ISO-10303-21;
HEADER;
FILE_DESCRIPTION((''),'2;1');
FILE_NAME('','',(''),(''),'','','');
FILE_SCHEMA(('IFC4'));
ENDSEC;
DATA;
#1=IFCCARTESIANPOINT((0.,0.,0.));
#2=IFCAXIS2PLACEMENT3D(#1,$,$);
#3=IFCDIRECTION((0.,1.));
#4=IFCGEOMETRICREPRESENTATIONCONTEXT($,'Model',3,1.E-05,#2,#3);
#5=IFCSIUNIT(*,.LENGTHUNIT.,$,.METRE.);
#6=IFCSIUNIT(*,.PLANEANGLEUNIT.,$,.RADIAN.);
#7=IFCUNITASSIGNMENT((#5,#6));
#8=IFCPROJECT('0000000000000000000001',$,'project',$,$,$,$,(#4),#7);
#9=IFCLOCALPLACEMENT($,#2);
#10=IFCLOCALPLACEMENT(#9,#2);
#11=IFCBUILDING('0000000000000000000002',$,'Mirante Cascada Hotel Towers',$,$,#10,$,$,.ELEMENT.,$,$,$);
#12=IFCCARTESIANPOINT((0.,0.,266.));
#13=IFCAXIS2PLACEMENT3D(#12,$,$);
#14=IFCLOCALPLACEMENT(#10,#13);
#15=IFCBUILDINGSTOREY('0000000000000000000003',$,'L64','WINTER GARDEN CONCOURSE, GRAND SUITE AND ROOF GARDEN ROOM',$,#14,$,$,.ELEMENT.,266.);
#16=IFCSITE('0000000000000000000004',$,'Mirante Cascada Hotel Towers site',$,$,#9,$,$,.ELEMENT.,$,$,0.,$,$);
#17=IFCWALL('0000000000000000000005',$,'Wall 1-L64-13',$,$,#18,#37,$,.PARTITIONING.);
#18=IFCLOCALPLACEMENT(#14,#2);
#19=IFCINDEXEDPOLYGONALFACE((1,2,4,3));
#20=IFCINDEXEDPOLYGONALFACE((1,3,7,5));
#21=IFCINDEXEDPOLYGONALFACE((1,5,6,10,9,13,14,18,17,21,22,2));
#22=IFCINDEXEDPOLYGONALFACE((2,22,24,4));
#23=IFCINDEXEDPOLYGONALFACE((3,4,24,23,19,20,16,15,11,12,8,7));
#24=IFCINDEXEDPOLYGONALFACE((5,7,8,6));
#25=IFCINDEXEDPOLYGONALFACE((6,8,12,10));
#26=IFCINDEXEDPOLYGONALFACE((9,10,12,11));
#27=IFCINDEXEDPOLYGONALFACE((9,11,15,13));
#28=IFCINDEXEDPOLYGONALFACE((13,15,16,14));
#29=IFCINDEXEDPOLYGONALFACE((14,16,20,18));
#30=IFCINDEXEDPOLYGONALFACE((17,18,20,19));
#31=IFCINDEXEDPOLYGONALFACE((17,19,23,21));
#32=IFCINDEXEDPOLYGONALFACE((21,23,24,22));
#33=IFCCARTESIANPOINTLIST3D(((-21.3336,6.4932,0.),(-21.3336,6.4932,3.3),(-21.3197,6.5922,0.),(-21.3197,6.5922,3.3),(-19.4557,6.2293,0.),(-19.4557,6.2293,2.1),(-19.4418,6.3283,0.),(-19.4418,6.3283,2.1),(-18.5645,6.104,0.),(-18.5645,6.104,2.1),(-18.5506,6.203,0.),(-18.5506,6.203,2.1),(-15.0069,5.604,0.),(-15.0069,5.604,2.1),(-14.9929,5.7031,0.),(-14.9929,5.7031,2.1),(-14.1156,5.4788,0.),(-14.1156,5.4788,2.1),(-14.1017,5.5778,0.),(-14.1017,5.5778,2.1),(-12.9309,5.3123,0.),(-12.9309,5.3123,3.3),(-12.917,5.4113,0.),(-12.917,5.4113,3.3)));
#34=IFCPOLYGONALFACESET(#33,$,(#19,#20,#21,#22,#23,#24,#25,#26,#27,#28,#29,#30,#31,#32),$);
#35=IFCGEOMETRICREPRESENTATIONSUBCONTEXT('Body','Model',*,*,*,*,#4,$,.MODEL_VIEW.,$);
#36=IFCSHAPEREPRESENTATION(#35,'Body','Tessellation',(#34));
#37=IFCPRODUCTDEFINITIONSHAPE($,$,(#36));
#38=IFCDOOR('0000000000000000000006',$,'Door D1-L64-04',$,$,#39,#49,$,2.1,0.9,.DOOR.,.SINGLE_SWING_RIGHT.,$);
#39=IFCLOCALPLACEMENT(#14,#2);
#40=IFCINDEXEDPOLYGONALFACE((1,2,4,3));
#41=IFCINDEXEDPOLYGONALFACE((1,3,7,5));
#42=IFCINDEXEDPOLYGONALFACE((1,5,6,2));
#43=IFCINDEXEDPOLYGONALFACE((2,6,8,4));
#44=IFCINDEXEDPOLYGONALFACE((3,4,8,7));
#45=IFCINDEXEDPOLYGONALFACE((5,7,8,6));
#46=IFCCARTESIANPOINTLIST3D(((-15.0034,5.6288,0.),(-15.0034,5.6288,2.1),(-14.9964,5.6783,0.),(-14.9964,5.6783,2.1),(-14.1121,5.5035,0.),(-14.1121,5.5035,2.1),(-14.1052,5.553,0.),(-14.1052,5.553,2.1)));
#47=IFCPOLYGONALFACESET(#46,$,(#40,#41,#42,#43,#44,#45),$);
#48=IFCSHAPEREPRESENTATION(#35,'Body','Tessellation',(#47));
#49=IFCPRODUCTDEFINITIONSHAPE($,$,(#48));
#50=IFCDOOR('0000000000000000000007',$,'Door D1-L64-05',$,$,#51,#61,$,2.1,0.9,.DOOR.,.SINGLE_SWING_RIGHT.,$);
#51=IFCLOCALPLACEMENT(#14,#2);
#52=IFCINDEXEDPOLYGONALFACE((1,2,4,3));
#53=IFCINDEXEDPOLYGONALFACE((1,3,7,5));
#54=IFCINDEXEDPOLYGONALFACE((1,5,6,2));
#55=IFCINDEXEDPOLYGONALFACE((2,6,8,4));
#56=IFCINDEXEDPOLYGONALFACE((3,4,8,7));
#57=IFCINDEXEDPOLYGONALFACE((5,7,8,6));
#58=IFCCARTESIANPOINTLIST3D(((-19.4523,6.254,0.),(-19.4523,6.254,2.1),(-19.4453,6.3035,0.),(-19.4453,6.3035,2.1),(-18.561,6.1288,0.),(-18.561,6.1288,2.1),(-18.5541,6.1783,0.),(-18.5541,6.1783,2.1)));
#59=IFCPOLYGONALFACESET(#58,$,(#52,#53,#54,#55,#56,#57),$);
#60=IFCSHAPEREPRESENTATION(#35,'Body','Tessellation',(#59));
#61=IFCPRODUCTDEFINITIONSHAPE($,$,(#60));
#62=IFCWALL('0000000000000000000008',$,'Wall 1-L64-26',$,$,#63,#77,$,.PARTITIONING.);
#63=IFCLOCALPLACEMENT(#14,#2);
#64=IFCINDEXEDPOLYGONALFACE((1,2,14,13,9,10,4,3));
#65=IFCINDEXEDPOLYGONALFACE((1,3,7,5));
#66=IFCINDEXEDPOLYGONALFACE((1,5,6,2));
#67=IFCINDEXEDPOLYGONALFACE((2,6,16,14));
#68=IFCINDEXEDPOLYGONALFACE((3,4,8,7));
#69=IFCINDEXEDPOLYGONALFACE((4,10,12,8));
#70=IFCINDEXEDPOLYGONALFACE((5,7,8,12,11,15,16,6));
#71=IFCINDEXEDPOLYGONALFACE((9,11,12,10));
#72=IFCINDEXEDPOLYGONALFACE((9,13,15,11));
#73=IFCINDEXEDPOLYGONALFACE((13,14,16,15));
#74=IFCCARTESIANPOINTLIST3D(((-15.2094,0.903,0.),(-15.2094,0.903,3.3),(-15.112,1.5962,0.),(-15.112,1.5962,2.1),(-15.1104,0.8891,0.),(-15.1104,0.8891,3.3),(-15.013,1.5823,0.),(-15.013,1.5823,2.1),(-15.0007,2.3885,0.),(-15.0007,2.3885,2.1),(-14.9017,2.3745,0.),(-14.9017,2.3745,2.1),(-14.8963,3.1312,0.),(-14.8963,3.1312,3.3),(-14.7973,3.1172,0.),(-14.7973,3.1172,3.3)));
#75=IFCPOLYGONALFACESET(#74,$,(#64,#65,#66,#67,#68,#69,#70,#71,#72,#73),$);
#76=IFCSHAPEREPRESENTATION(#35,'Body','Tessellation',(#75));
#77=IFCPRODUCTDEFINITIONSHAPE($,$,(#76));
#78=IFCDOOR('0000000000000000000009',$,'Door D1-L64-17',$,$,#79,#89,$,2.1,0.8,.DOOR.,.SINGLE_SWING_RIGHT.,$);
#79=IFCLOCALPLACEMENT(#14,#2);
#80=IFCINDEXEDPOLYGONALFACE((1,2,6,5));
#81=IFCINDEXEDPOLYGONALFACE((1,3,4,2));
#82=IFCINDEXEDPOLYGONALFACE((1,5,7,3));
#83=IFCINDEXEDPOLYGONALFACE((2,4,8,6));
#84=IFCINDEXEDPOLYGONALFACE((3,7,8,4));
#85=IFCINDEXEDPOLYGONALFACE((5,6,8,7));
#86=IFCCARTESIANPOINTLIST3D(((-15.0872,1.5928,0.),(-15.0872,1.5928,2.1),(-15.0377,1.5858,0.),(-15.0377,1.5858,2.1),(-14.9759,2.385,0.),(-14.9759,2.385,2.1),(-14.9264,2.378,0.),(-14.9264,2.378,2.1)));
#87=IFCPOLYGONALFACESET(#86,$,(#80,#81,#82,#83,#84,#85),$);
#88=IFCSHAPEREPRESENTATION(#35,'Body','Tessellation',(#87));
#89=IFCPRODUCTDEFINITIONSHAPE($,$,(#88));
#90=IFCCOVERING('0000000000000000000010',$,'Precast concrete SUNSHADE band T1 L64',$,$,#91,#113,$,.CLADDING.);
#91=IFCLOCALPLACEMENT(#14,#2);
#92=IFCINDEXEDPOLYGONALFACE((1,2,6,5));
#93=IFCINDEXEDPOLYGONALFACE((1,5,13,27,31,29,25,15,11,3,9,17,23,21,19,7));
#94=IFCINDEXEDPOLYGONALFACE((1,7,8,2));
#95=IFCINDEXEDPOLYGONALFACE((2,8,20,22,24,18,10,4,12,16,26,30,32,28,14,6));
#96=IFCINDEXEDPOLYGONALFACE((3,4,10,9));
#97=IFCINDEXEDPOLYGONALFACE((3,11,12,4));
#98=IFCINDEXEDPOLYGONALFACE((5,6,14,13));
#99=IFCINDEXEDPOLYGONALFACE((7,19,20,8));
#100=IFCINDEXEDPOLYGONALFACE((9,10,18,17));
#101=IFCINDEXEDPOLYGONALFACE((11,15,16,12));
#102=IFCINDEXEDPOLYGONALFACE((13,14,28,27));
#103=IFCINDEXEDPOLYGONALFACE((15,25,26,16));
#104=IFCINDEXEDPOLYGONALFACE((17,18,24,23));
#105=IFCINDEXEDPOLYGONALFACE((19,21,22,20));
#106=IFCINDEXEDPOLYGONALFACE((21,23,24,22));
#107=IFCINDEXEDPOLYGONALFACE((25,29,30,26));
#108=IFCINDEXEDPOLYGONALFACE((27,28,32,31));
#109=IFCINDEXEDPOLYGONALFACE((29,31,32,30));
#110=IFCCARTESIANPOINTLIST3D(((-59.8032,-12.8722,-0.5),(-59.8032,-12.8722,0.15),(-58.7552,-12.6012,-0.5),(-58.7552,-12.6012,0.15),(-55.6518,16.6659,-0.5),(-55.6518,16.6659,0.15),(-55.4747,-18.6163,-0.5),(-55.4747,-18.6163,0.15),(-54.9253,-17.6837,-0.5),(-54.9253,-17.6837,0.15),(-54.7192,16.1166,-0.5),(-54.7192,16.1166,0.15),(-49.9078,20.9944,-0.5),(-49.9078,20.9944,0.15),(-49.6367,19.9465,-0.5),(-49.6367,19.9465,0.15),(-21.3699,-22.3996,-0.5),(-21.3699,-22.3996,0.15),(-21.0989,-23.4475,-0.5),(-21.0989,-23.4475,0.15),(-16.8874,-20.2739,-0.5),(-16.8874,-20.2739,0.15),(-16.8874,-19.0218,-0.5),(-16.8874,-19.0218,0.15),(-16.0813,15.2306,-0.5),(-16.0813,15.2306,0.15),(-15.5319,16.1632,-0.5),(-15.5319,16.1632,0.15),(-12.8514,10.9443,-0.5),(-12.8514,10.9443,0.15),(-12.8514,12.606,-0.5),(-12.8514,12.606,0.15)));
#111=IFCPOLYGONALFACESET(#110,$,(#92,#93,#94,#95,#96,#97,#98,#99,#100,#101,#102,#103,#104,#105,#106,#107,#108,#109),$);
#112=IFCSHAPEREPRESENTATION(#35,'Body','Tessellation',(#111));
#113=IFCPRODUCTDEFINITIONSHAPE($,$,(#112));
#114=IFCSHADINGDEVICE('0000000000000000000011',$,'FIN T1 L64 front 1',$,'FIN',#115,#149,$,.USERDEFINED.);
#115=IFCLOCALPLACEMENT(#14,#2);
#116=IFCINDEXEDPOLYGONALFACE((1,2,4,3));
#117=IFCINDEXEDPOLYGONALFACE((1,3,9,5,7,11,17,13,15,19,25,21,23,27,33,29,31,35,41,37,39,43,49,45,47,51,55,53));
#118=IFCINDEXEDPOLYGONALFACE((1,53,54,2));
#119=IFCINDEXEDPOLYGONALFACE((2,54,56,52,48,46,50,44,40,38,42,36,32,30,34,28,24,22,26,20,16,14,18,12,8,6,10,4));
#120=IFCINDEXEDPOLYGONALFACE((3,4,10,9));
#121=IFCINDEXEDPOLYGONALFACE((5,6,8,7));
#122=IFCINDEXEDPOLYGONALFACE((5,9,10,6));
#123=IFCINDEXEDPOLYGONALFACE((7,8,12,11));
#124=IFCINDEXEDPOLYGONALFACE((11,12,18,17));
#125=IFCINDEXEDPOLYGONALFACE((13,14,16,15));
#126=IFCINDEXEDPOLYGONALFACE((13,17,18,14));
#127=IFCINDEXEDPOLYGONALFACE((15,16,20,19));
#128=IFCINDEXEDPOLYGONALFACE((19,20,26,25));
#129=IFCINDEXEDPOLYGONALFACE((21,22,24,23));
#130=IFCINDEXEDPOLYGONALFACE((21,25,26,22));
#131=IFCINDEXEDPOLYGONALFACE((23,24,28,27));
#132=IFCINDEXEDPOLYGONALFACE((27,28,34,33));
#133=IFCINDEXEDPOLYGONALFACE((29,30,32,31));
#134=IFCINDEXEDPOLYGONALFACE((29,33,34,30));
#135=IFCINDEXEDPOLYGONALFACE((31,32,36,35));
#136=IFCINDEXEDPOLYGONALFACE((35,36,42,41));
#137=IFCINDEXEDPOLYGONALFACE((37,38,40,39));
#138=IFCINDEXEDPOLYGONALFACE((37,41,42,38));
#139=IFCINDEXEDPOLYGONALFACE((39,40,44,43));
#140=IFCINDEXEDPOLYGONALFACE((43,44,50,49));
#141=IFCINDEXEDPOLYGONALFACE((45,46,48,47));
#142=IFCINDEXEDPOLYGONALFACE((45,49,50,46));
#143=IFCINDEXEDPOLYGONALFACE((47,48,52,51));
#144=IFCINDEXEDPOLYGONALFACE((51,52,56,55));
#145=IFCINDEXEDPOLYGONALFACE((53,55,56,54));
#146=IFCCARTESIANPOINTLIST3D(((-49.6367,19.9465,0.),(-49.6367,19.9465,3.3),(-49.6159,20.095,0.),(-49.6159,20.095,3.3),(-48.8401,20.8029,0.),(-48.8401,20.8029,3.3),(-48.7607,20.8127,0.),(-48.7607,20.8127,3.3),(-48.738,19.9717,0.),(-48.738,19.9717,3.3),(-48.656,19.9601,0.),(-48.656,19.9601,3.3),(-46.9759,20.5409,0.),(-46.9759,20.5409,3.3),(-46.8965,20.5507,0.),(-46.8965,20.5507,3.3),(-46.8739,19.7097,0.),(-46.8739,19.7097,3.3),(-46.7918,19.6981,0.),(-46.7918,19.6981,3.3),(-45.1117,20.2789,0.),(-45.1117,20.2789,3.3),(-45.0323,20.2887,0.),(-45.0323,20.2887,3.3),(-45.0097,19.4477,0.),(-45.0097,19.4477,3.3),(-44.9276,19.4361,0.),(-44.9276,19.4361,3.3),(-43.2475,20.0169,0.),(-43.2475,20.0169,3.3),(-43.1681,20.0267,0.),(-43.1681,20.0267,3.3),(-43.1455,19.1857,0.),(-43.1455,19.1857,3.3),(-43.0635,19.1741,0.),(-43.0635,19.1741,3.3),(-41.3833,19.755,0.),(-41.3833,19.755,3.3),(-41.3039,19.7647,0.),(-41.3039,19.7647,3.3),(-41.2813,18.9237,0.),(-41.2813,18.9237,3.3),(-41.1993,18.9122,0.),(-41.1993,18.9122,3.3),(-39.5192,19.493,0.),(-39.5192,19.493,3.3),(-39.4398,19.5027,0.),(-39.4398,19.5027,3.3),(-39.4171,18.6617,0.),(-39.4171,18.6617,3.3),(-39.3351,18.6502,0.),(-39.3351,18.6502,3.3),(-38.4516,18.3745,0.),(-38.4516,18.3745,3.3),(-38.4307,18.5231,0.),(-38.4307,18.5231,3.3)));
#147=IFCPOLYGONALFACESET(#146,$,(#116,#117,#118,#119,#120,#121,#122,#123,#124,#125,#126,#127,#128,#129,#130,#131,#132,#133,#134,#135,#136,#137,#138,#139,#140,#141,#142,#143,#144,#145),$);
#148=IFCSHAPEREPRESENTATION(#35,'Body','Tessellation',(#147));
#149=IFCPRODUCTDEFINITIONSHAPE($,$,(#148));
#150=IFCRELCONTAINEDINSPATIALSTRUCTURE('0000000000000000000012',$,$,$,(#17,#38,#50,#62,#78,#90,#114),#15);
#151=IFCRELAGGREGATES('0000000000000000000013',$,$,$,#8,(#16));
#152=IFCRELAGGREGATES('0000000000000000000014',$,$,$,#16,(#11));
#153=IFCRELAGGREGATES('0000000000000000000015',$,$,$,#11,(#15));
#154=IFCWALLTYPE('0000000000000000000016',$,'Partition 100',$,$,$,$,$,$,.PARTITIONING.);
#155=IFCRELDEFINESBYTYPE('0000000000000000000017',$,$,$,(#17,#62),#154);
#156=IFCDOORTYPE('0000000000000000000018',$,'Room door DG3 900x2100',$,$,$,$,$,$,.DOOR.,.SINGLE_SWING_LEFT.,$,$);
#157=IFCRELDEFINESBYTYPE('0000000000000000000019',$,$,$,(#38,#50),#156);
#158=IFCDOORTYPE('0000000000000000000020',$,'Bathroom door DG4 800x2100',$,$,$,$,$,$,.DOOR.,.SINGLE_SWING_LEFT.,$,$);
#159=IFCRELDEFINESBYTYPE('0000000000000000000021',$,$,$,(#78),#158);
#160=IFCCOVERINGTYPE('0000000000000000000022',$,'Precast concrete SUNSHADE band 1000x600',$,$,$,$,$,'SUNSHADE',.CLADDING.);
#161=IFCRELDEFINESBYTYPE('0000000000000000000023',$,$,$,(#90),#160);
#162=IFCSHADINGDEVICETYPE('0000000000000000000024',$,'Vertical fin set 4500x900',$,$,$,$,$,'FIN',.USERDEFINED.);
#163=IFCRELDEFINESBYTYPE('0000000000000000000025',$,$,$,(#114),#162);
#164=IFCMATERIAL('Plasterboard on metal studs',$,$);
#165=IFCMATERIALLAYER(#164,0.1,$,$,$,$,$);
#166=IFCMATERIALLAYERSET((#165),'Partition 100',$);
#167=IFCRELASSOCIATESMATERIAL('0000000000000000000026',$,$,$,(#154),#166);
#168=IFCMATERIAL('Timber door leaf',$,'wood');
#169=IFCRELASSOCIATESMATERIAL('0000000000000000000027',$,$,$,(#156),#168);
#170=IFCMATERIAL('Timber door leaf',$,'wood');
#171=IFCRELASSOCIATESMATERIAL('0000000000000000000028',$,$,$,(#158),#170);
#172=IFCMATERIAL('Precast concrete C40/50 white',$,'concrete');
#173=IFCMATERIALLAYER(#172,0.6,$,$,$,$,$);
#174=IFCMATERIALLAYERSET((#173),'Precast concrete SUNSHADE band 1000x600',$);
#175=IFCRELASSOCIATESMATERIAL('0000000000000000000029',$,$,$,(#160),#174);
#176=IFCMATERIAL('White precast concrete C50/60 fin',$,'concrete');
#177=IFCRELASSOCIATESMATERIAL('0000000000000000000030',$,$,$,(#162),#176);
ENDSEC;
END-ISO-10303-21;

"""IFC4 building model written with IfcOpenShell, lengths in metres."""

from ifc_helpers import new_model, si_unit, direction, frame, frame_2d, origin, place, context, subcontext, project, spatial, polyline, rectangle, outline, extrude, material, layer, layer_set, type_object, element, fill, save


model = new_model("IFC4")

# Units and contexts
model_context = context("Model", 3, precision=1e-05, world=origin(), true_north=direction((0.0, 1.0)))
body_context = subcontext(model_context, "Body", "Model", "MODEL_VIEW")
ifc_project = project(units=[si_unit("LENGTHUNIT", "METRE"), si_unit("PLANEANGLEUNIT", "RADIAN")], contexts=[model_context])

# Site, building, storey
site_placement = place(None, origin())
site = spatial("IfcSite", under=ifc_project, at=site_placement, Name="Mirante Cascada Hotel Towers site", CompositionType="ELEMENT", RefElevation=0.0)
building_placement = place(site_placement, origin())
building = spatial("IfcBuilding", under=site, at=building_placement, Name="Mirante Cascada Hotel Towers", CompositionType="ELEMENT")
storey_placement = place(building_placement, frame((0.0, 0.0, 266.0)))
storey = spatial("IfcBuildingStorey", under=building, at=storey_placement, Name="L64", Description="WINTER GARDEN CONCOURSE, GRAND SUITE AND ROOF GARDEN ROOM", CompositionType="ELEMENT", Elevation=266.0)

# Shared definitions
ifc_material_1 = material(Name="Plasterboard on metal studs")
ifc_layer_1 = layer(ifc_material_1, 0.1)
ifc_layer_set_1 = layer_set([ifc_layer_1], Name="Partition 100")
wall_type = type_object("IfcWallType", Name="Partition 100", PredefinedType="PARTITIONING", material=ifc_layer_set_1)

# Wall, openings, doors
wall_1_placement = place(storey_placement, frame((-12.924, 5.3618, 0.0), z_axis=(0.0, 0.0, 1.0), x_axis=(-0.990268, 0.139171, 0.0)))
wall_1 = element("IfcWall", 1, at=wall_1_placement, inside=storey, type_object=wall_type, Name="Wall 1-L64-13", PredefinedType="PARTITIONING", context=body_context, shape_type="SweptSolid", body=[
    extrude(rectangle(XDim=8.4853, YDim=0.1, at=frame_2d((4.2426, 0.0))), origin(), (0.0, 0.0, 1.0), 3.3),
])
opening_1_placement = place(wall_1_placement, frame((1.1963, 0.0, 0.0)))
opening_1 = element("IfcOpeningElement", 2, at=opening_1_placement, cuts=wall_1, PredefinedType="OPENING", context=body_context, shape_type="SweptSolid", body=[
    extrude(rectangle(XDim=0.9, YDim=2.1, at=frame_2d((0.45, 1.05))), frame((0.0, 0.05, 0.0), z_axis=(0.0, -1.0, 0.0), x_axis=(1.0, 0.0, 0.0)), (0.0, 0.0, 1.0), 0.1),
])
opening_2_placement = place(wall_1_placement, frame((5.6889, 0.0, 0.0)))
opening_2 = element("IfcOpeningElement", 3, at=opening_2_placement, cuts=wall_1, PredefinedType="OPENING", context=body_context, shape_type="SweptSolid", body=[
    extrude(rectangle(XDim=0.9, YDim=2.1, at=frame_2d((0.45, 1.05))), frame((0.0, 0.05, 0.0), z_axis=(0.0, -1.0, 0.0), x_axis=(1.0, 0.0, 0.0)), (0.0, 0.0, 1.0), 0.1),
])
ifc_material_2 = material(Name="Timber door leaf", Category="wood")
door_type_1 = type_object("IfcDoorType", Name="Room door DG3 900x2100", OperationType="SINGLE_SWING_LEFT", PredefinedType="DOOR", material=ifc_material_2)
door_1_placement = place(opening_1_placement, frame((0.9, 0.0, 0.0), z_axis=(0.0, 0.0, 1.0), x_axis=(-1.0, 0.0, 0.0)))
door_1 = element("IfcDoor", 4, at=door_1_placement, inside=storey, type_object=door_type_1, Name="Door D1-L64-04", OperationType="SINGLE_SWING_RIGHT", OverallHeight=2.1, OverallWidth=0.9, PredefinedType="DOOR", context=body_context, shape_type="SweptSolid", body=[
    extrude(rectangle(XDim=0.9, YDim=2.1, at=frame_2d((0.45, 1.05))), frame((0.0, 0.025, 0.0), z_axis=(0.0, -1.0, 0.0), x_axis=(1.0, 0.0, 0.0)), (0.0, 0.0, 1.0), 0.05),
])
fill(opening_1, door_1)
door_2_placement = place(opening_2_placement, frame((0.9, 0.0, 0.0), z_axis=(0.0, 0.0, 1.0), x_axis=(-1.0, 0.0, 0.0)))
door_2 = element("IfcDoor", 5, at=door_2_placement, inside=storey, type_object=door_type_1, Name="Door D1-L64-05", OperationType="SINGLE_SWING_RIGHT", OverallHeight=2.1, OverallWidth=0.9, PredefinedType="DOOR", context=body_context, shape_type="SweptSolid", body=[
    extrude(rectangle(XDim=0.9, YDim=2.1, at=frame_2d((0.45, 1.05))), frame((0.0, 0.025, 0.0), z_axis=(0.0, -1.0, 0.0), x_axis=(1.0, 0.0, 0.0)), (0.0, 0.0, 1.0), 0.05),
])
fill(opening_2, door_2)

# Wall, opening, door
wall_2_placement = place(storey_placement, frame((-14.8468, 3.1242, 0.0), z_axis=(0.0, 0.0, 1.0), x_axis=(-0.139156, -0.990271, 0.0)))
wall_2 = element("IfcWall", 6, at=wall_2_placement, inside=storey, type_object=wall_type, Name="Wall 1-L64-26", PredefinedType="PARTITIONING", context=body_context, shape_type="SweptSolid", body=[
    extrude(rectangle(XDim=2.25, YDim=0.1, at=frame_2d((1.125, 0.0))), origin(), (0.0, 0.0, 1.0), 3.3),
])
opening_3_placement = place(wall_2_placement, frame((0.75, 0.0, 0.0)))
opening_3 = element("IfcOpeningElement", 7, at=opening_3_placement, cuts=wall_2, PredefinedType="OPENING", context=body_context, shape_type="SweptSolid", body=[
    extrude(rectangle(XDim=0.8, YDim=2.1, at=frame_2d((0.4, 1.05))), frame((0.0, 0.05, 0.0), z_axis=(0.0, -1.0, 0.0), x_axis=(1.0, 0.0, 0.0)), (0.0, 0.0, 1.0), 0.1),
])
ifc_material_3 = material(Name="Timber door leaf", Category="wood")
door_type_2 = type_object("IfcDoorType", Name="Bathroom door DG4 800x2100", OperationType="SINGLE_SWING_LEFT", PredefinedType="DOOR", material=ifc_material_3)
door_3_placement = place(opening_3_placement, frame((0.8, 0.0, 0.0), z_axis=(0.0, 0.0, 1.0), x_axis=(-1.0, 0.0, 0.0)))
door_3 = element("IfcDoor", 8, at=door_3_placement, inside=storey, type_object=door_type_2, Name="Door D1-L64-17", OperationType="SINGLE_SWING_RIGHT", OverallHeight=2.1, OverallWidth=0.8, PredefinedType="DOOR", context=body_context, shape_type="SweptSolid", body=[
    extrude(rectangle(XDim=0.8, YDim=2.1, at=frame_2d((0.4, 1.05))), frame((0.0, 0.025, 0.0), z_axis=(0.0, -1.0, 0.0), x_axis=(1.0, 0.0, 0.0)), (0.0, 0.0, 1.0), 0.05),
])
fill(opening_3, door_3)

# Covering
ifc_material_4 = material(Name="Precast concrete C40/50 white", Category="concrete")
ifc_layer_2 = layer(ifc_material_4, 0.6)
ifc_layer_set_2 = layer_set([ifc_layer_2], Name="Precast concrete SUNSHADE band 1000x600")
covering_type = type_object("IfcCoveringType", Name="Precast concrete SUNSHADE band 1000x600", ElementType="SUNSHADE", PredefinedType="CLADDING", material=ifc_layer_set_2)
covering_placement = place(storey_placement, frame((0.0, 0.0, -0.5)))
element("IfcCovering", 9, at=covering_placement, inside=storey, type_object=covering_type, Name="Precast concrete SUNSHADE band T1 L64", PredefinedType="CLADDING", context=body_context, shape_type="SweptSolid", body=[
    extrude(outline(polyline([(-55.6518, 16.6659), (-49.9078, 20.9944), (-15.5319, 16.1632), (-12.8514, 12.606), (-12.8514, 10.9443), (-16.0813, 15.2306), (-49.6367, 19.9465), (-54.7192, 16.1166), (-58.7552, -12.6012), (-54.9253, -17.6837), (-21.3699, -22.3996), (-16.8874, -19.0218), (-16.8874, -20.2739), (-21.0989, -23.4475), (-55.4747, -18.6163), (-59.8032, -12.8722), (-55.6518, 16.6659)])), origin(), (0.0, 0.0, 1.0), 0.65),
])

# Shading device
ifc_material_5 = material(Name="White precast concrete C50/60 fin", Category="concrete")
shading_device_type = type_object("IfcShadingDeviceType", Name="Vertical fin set 4500x900", ElementType="FIN", PredefinedType="USERDEFINED", material=ifc_material_5)
shading_device_1_placement = place(storey_placement, origin())
element("IfcShadingDevice", 10, at=shading_device_1_placement, inside=storey, type_object=shading_device_type, Name="FIN T1 L64 front 1", ObjectType="FIN", PredefinedType="USERDEFINED", context=body_context, shape_type="SweptSolid", body=[
    extrude(outline(polyline([(-39.4398, 19.5027), (-39.3351, 18.6502), (-38.4307, 18.5231), (-38.4516, 18.3745), (-49.6367, 19.9465), (-49.6159, 20.095), (-48.738, 19.9717), (-48.8401, 20.8029), (-48.7607, 20.8127), (-48.656, 19.9601), (-46.8739, 19.7097), (-46.9759, 20.5409), (-46.8965, 20.5507), (-46.7918, 19.6981), (-45.0097, 19.4477), (-45.1117, 20.2789), (-45.0323, 20.2887), (-44.9276, 19.4361), (-43.1455, 19.1857), (-43.2475, 20.0169), (-43.1681, 20.0267), (-43.0635, 19.1741), (-41.2813, 18.9237), (-41.3833, 19.755), (-41.3039, 19.7647), (-41.1993, 18.9122), (-39.4171, 18.6617), (-39.5192, 19.493), (-39.4398, 19.5027)])), origin(), (0.0, 0.0, 1.0), 3.3),
])

save(model, "model.ifc")
